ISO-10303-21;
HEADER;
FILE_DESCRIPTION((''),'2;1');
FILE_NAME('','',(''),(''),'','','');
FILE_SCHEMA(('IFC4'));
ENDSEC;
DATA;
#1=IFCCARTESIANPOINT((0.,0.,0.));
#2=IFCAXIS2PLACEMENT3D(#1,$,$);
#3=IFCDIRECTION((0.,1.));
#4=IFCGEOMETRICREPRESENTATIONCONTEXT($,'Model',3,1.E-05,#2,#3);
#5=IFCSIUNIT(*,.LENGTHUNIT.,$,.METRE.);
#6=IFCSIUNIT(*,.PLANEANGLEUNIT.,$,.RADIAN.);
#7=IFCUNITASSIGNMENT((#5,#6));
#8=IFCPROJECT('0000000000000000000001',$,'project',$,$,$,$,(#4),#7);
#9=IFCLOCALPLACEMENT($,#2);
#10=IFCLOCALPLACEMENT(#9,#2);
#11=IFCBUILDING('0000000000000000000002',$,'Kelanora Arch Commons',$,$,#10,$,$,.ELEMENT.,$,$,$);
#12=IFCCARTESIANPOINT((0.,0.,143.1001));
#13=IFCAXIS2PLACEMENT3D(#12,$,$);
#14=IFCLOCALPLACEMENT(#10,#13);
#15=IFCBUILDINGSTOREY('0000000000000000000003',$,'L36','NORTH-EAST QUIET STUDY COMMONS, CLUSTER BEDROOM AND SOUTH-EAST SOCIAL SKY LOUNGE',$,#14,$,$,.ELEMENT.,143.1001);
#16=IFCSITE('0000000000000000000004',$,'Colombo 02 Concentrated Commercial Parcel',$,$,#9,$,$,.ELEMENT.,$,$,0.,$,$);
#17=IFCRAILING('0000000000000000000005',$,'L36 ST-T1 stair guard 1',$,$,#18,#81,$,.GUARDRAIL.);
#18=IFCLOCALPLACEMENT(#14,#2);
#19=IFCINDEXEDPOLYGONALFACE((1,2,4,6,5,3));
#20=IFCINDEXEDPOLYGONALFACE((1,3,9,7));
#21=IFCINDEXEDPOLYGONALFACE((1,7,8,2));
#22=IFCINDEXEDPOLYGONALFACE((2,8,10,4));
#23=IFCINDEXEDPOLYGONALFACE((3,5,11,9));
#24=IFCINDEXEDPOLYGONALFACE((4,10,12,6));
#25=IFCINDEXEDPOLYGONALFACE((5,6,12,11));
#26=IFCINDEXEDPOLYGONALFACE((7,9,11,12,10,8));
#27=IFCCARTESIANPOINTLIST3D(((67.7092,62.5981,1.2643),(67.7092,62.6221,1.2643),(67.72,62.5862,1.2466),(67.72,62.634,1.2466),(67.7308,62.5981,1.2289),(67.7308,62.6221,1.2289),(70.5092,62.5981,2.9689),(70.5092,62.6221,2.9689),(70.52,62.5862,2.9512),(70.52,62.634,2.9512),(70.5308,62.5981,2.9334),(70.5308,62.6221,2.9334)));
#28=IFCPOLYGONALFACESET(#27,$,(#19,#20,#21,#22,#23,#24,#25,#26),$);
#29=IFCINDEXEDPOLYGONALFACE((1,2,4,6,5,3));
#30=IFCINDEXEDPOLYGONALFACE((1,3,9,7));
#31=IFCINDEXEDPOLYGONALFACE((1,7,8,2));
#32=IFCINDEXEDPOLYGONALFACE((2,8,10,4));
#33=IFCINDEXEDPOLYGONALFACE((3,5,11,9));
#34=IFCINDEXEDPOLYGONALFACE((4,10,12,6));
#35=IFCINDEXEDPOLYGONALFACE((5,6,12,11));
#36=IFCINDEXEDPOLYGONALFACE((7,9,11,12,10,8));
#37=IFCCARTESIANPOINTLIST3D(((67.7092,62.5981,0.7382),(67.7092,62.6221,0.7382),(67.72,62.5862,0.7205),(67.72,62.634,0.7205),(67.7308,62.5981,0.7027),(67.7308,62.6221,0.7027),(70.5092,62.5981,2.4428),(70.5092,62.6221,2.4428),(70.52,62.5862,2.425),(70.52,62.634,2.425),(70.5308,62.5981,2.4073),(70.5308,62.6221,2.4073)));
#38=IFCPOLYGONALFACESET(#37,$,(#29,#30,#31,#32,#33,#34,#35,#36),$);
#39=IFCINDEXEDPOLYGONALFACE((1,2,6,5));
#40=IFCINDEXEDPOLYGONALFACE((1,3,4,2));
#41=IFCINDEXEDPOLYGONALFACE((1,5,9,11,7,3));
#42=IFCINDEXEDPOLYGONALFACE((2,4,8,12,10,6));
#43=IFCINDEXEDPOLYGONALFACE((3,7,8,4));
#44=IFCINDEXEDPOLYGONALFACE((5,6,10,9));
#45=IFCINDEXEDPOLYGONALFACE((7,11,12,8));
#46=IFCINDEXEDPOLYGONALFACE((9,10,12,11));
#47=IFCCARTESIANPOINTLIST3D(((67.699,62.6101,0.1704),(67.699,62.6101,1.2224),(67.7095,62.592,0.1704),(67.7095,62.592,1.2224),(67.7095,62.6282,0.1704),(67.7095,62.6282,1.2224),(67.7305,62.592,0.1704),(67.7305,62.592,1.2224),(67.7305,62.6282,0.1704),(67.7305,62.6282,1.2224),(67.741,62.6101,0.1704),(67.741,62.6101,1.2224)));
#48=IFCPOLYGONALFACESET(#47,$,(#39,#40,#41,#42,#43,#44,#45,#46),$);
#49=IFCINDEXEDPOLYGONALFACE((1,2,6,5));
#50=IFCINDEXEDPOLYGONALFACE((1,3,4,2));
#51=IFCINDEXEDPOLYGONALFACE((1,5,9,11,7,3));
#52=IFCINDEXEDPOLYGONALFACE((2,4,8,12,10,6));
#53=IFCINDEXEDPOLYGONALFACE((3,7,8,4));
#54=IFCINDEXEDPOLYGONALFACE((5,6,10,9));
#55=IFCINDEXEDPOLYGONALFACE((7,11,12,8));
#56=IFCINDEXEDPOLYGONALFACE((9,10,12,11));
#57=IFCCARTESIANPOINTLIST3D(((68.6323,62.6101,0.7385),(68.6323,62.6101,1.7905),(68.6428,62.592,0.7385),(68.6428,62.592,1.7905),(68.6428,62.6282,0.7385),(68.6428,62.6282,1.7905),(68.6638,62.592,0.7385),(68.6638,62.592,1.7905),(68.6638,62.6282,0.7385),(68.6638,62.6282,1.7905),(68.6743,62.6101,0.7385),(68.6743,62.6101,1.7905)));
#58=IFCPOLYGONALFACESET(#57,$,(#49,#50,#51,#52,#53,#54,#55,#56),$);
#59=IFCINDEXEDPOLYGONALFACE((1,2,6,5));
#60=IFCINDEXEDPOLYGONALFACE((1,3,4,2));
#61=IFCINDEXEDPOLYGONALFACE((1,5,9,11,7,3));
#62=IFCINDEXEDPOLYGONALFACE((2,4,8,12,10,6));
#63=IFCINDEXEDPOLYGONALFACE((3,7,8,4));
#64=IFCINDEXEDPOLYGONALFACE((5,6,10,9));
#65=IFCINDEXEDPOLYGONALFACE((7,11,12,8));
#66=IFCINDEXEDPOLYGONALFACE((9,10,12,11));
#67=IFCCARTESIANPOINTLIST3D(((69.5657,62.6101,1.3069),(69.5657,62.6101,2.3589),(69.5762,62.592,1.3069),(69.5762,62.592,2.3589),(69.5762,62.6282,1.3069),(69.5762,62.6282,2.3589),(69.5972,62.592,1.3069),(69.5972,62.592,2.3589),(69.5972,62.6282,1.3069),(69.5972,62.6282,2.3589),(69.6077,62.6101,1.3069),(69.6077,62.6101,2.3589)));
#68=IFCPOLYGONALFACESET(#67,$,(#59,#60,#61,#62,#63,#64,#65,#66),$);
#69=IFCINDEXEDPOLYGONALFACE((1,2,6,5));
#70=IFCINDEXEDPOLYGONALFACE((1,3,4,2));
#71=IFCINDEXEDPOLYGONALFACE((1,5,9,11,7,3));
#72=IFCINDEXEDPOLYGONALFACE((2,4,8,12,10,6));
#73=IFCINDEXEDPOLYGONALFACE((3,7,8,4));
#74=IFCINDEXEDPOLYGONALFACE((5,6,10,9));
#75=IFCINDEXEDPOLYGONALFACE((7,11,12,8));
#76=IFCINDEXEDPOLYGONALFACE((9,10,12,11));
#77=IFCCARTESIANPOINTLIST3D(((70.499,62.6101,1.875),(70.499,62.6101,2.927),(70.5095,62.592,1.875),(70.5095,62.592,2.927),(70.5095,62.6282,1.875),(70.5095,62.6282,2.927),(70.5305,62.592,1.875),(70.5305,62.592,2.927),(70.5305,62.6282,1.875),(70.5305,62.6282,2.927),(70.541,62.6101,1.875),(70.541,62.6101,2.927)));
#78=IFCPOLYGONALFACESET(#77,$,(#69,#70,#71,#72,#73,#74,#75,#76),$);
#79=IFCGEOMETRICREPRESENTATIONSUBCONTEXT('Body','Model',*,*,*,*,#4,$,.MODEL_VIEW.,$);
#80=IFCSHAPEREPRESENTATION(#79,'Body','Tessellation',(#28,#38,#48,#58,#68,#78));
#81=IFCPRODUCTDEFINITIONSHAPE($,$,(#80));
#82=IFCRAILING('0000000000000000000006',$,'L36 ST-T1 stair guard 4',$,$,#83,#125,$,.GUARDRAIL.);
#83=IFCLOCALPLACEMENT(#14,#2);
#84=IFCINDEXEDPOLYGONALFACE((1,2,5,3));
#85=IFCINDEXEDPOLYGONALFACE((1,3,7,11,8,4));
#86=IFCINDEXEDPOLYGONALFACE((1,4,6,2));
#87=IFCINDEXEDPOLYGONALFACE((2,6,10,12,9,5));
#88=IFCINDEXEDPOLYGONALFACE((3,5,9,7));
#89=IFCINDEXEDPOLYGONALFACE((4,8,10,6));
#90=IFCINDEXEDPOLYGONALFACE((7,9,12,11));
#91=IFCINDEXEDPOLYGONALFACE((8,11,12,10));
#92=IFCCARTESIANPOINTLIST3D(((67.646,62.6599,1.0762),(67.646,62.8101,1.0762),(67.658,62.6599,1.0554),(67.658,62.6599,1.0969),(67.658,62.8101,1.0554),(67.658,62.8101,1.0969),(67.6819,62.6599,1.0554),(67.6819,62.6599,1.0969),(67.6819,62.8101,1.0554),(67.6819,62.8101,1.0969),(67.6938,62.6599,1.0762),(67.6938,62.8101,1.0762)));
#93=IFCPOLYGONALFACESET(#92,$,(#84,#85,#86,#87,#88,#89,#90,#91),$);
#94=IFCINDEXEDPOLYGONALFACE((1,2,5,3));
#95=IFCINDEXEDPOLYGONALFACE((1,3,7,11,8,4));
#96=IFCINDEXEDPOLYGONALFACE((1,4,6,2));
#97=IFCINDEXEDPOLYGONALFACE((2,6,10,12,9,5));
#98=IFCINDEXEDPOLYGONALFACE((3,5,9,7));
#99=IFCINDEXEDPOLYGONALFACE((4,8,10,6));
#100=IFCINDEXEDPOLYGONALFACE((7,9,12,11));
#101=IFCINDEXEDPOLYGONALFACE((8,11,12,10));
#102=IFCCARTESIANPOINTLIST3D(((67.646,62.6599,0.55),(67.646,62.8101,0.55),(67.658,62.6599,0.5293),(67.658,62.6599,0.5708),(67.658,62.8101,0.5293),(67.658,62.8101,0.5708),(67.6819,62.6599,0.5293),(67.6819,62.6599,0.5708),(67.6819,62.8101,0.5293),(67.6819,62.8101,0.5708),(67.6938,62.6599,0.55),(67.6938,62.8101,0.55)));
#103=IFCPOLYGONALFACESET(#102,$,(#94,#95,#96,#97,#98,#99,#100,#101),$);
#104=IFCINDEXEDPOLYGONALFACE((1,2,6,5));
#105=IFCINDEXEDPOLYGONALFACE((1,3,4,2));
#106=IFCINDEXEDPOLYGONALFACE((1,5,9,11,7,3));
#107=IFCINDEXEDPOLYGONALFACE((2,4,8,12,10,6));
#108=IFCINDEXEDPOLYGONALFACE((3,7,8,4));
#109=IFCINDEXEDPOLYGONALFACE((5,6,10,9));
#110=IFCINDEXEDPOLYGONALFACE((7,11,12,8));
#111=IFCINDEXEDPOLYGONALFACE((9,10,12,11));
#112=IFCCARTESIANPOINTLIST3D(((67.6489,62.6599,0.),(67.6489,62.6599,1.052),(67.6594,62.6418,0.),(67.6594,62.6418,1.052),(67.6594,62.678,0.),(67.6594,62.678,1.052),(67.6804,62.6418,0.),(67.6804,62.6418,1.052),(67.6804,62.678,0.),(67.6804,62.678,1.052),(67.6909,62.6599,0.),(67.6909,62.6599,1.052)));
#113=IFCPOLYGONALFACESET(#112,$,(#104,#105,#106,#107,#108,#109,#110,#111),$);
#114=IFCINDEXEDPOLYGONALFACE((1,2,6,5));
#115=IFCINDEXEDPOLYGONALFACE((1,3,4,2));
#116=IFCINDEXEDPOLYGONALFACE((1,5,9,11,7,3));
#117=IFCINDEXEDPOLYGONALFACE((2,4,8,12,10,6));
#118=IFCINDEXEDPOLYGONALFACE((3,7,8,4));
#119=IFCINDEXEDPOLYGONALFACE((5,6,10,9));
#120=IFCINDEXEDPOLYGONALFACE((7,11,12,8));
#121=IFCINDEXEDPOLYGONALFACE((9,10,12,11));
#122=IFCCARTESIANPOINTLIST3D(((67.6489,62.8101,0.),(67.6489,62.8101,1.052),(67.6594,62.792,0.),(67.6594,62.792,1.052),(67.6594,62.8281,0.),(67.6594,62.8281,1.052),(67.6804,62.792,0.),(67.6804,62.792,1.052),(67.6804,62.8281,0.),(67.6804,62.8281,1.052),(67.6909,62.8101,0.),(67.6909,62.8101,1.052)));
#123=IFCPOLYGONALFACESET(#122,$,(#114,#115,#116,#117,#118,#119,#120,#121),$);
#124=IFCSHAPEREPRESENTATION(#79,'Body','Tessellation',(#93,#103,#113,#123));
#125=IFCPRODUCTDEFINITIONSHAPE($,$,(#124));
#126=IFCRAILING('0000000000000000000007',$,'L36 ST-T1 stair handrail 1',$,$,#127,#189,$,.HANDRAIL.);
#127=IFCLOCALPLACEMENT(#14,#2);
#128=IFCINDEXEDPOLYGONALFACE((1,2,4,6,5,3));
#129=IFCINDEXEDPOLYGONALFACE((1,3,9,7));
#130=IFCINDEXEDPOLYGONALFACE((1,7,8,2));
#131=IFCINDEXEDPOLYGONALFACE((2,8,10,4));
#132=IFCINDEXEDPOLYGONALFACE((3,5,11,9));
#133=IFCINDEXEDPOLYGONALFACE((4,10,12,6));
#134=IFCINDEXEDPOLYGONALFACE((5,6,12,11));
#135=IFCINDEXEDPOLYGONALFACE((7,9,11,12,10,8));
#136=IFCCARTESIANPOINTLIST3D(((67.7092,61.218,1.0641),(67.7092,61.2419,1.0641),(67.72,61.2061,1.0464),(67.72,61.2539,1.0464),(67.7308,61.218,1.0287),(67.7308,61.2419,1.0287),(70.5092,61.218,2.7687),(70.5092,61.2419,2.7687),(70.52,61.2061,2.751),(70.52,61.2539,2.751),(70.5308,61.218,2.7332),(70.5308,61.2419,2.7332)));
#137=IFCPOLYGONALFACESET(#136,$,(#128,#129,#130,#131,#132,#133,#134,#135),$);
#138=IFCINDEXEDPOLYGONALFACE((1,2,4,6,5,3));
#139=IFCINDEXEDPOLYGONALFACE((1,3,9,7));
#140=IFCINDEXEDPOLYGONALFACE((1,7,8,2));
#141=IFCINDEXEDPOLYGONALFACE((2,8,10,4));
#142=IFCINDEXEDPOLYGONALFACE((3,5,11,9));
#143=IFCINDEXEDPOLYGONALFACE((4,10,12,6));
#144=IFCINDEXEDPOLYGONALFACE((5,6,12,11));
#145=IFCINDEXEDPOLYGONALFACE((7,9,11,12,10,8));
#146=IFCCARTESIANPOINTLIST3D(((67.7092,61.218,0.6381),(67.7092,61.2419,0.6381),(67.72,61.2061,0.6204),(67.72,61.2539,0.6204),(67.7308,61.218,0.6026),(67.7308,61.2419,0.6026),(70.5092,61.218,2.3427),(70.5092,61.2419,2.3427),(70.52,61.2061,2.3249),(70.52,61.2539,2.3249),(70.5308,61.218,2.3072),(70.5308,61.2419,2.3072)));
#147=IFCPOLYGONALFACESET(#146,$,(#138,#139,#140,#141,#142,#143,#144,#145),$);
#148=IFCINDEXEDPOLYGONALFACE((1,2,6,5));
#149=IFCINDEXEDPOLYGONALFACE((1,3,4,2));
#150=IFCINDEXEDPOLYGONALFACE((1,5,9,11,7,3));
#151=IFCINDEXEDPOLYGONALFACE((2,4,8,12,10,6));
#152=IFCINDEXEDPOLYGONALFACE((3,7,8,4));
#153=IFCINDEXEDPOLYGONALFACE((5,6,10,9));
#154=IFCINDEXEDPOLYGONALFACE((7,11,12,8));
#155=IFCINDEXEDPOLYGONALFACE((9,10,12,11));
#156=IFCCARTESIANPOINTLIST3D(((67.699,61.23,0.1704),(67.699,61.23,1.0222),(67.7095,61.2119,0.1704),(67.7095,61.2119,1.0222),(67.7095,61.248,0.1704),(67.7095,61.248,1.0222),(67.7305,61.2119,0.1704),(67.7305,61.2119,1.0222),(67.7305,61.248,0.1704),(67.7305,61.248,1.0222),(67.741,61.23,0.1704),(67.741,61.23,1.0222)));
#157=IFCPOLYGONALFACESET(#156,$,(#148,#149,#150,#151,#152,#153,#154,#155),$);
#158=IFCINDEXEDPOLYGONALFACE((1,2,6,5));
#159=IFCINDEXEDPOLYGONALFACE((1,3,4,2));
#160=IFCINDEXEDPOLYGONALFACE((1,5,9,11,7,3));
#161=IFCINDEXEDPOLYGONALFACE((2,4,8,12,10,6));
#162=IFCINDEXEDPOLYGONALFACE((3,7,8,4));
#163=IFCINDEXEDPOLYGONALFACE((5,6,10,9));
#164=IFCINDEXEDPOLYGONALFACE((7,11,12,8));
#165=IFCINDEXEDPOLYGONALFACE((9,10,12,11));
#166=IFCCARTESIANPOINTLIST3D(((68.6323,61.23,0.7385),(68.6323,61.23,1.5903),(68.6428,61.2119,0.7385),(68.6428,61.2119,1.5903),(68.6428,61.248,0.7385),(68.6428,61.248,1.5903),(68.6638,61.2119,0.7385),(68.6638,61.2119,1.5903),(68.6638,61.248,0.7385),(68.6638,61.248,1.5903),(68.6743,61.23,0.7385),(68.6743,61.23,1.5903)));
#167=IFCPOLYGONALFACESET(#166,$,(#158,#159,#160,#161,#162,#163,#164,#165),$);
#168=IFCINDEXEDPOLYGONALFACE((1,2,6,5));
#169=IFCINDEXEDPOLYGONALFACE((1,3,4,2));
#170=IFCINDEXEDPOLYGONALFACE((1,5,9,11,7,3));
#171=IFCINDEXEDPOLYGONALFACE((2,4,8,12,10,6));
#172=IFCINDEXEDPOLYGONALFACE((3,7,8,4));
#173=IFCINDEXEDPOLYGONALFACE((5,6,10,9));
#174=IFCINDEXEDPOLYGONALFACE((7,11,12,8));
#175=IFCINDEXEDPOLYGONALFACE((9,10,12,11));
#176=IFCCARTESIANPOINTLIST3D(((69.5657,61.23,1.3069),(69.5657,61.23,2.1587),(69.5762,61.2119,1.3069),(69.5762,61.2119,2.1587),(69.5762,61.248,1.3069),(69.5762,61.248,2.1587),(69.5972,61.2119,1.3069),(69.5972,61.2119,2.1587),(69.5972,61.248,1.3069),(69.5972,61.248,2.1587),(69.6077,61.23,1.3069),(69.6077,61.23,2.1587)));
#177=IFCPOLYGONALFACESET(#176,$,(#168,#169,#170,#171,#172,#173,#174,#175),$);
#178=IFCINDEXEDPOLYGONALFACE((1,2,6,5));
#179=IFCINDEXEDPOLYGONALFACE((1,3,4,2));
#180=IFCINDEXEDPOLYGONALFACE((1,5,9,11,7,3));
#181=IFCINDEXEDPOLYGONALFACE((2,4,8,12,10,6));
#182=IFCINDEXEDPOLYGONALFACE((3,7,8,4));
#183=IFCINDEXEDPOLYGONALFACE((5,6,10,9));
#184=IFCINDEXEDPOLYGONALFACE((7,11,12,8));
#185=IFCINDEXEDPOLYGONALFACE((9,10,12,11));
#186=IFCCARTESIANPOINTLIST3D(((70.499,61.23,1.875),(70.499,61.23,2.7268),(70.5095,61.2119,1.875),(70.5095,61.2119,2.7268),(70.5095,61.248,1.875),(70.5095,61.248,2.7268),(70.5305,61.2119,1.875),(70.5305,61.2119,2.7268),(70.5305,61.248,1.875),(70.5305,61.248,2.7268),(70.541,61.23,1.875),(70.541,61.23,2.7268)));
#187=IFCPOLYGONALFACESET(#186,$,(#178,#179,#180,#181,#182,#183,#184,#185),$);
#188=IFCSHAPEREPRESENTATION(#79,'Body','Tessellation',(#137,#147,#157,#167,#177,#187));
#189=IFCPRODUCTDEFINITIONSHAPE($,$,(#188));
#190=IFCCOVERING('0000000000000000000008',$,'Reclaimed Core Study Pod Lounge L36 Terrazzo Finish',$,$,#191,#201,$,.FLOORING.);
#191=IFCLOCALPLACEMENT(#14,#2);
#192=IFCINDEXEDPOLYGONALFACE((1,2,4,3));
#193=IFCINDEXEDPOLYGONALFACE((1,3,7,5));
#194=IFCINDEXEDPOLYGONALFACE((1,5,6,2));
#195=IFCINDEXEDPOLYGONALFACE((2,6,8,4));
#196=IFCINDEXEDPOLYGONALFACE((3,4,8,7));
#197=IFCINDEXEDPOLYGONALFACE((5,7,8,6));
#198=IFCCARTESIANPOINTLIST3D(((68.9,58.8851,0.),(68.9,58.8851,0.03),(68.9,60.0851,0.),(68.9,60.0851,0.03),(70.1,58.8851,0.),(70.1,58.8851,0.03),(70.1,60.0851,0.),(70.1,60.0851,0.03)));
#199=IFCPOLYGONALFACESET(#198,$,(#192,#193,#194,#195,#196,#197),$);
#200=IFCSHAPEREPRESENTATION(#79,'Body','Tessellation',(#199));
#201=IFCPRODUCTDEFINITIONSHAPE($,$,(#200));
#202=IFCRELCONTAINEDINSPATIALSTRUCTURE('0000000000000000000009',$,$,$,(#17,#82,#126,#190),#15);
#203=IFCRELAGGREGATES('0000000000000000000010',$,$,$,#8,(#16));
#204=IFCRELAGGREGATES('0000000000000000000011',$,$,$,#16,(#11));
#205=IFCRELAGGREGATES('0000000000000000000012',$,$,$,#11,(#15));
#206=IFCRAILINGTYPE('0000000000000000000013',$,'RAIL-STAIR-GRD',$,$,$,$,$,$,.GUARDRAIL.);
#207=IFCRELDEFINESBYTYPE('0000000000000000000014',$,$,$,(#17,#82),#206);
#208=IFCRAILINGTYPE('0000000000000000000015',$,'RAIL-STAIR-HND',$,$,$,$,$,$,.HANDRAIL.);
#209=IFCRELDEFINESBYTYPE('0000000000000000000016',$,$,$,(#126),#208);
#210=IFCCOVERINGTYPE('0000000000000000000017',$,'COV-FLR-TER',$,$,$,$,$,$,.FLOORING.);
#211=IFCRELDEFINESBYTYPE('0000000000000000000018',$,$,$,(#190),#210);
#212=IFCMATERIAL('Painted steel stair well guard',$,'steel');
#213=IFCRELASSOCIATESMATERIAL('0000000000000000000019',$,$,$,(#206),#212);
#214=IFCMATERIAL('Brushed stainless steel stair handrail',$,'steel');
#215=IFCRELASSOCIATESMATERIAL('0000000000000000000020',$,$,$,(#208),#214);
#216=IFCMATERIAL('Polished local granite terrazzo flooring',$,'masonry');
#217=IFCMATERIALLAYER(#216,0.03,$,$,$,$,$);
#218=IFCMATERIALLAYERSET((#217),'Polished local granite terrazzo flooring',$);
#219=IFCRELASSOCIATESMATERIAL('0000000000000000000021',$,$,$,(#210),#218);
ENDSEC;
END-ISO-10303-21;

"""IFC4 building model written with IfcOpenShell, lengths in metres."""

from ifc_helpers import new_model, si_unit, direction, frame, origin, origin_2d, place, context, subcontext, project, spatial, polyline, rectangle, outline, extrude, source, transform, mapped, material, layer, layer_set, type_object, element, save


model = new_model("IFC4")

# Units and contexts
model_context = context("Model", 3, precision=1e-05, world=origin(), true_north=direction((0.0, 1.0)))
body_context = subcontext(model_context, "Body", "Model", "MODEL_VIEW")
ifc_project = project(units=[si_unit("LENGTHUNIT", "METRE"), si_unit("PLANEANGLEUNIT", "RADIAN")], contexts=[model_context])

# Site, building, storey
site_placement = place(None, origin())
site = spatial("IfcSite", under=ifc_project, at=site_placement, Name="Colombo 02 Concentrated Commercial Parcel", CompositionType="ELEMENT", RefElevation=0.0)
building_placement = place(site_placement, origin())
building = spatial("IfcBuilding", under=site, at=building_placement, Name="Kelanora Arch Commons", CompositionType="ELEMENT")
storey_placement = place(building_placement, frame((0.0, 0.0, 143.1001)))
storey = spatial("IfcBuildingStorey", under=building, at=storey_placement, Name="L36", Description="NORTH-EAST QUIET STUDY COMMONS, CLUSTER BEDROOM AND SOUTH-EAST SOCIAL SKY LOUNGE", CompositionType="ELEMENT", Elevation=143.1001)

# Railings
ifc_material_1 = material(Name="Painted steel stair well guard", Category="steel")
railing_type_1 = type_object("IfcRailingType", Name="RAIL-STAIR-GRD", PredefinedType="GUARDRAIL", material=ifc_material_1)
railing_1_placement = place(storey_placement, frame((67.72, 62.6101, 0.1704)))
element("IfcRailing", 1, at=railing_1_placement, inside=storey, type_object=railing_type_1, Name="L36 ST-T1 stair guard 1", PredefinedType="GUARDRAIL", context=body_context, shape_type="SweptSolid", body=[
    extrude(outline(polyline([(0.0239, 0.0), (0.012, 0.0208), (-0.012, 0.0208), (-0.0239, 0.0), (-0.012, -0.0208), (0.012, -0.0208), (0.0239, 0.0)])), frame((0.0, 0.0, 1.0762), z_axis=(0.85417, 0.0, 0.519994), x_axis=(0.0, 1.0, 0.0)), (0.0, 0.0, 1.0), 3.2781),
    extrude(outline(polyline([(0.0239, 0.0), (0.012, 0.0208), (-0.012, 0.0208), (-0.0239, 0.0), (-0.012, -0.0208), (0.012, -0.0208), (0.0239, 0.0)])), frame((0.0, 0.0, 0.55), z_axis=(0.85417, 0.0, 0.519994), x_axis=(0.0, 1.0, 0.0)), (0.0, 0.0, 1.0), 3.2781),
    extrude(outline(polyline([(0.021, 0.0), (0.0105, 0.0181), (-0.0105, 0.0181), (-0.021, 0.0), (-0.0105, -0.0181), (0.0105, -0.0181), (0.021, 0.0)])), origin(), (0.0, 0.0, 1.0), 1.052),
    extrude(outline(polyline([(0.021, 0.0), (0.0105, 0.0181), (-0.0105, 0.0181), (-0.021, 0.0), (-0.0105, -0.0181), (0.0105, -0.0181), (0.021, 0.0)])), frame((0.9333, 0.0, 0.5681)), (0.0, 0.0, 1.0), 1.052),
    extrude(outline(polyline([(0.021, 0.0), (0.0105, 0.0181), (-0.0105, 0.0181), (-0.021, 0.0), (-0.0105, -0.0181), (0.0105, -0.0181), (0.021, 0.0)])), frame((1.8667, 0.0, 1.1365)), (0.0, 0.0, 1.0), 1.052),
    extrude(outline(polyline([(0.021, 0.0), (0.0105, 0.0181), (-0.0105, 0.0181), (-0.021, 0.0), (-0.0105, -0.0181), (0.0105, -0.0181), (0.021, 0.0)])), frame((2.8, 0.0, 1.7046)), (0.0, 0.0, 1.0), 1.052),
])
railing_2_placement = place(storey_placement, frame((67.6699, 62.6599, 0.0)))
element("IfcRailing", 2, at=railing_2_placement, inside=storey, type_object=railing_type_1, Name="L36 ST-T1 stair guard 4", PredefinedType="GUARDRAIL", context=body_context, shape_type="SweptSolid", body=[
    extrude(outline(polyline([(0.0239, 0.0), (0.012, 0.0208), (-0.012, 0.0208), (-0.0239, 0.0), (-0.012, -0.0208), (0.012, -0.0208), (0.0239, 0.0)])), frame((0.0, 0.0, 1.0762), z_axis=(0.0, 1.0, 0.0), x_axis=(-1.0, 0.0, 0.0)), (0.0, 0.0, 1.0), 0.1501),
    extrude(outline(polyline([(0.0239, 0.0), (0.012, 0.0208), (-0.012, 0.0208), (-0.0239, 0.0), (-0.012, -0.0208), (0.012, -0.0208), (0.0239, 0.0)])), frame((0.0, 0.0, 0.55), z_axis=(0.0, 1.0, 0.0), x_axis=(-1.0, 0.0, 0.0)), (0.0, 0.0, 1.0), 0.1501),
    extrude(outline(polyline([(0.021, 0.0), (0.0105, 0.0181), (-0.0105, 0.0181), (-0.021, 0.0), (-0.0105, -0.0181), (0.0105, -0.0181), (0.021, 0.0)])), origin(), (0.0, 0.0, 1.0), 1.052),
    extrude(outline(polyline([(0.021, 0.0), (0.0105, 0.0181), (-0.0105, 0.0181), (-0.021, 0.0), (-0.0105, -0.0181), (0.0105, -0.0181), (0.021, 0.0)])), frame((0.0, 0.1501, 0.0)), (0.0, 0.0, 1.0), 1.052),
])
ifc_material_2 = material(Name="Brushed stainless steel stair handrail", Category="steel")
railing_type_2 = type_object("IfcRailingType", Name="RAIL-STAIR-HND", PredefinedType="HANDRAIL", material=ifc_material_2)
railing_3_placement = place(storey_placement, frame((67.72, 61.23, 0.1704)))
element("IfcRailing", 3, at=railing_3_placement, inside=storey, type_object=railing_type_2, Name="L36 ST-T1 stair handrail 1", PredefinedType="HANDRAIL", context=body_context, shape_type="SweptSolid", body=[
    extrude(outline(polyline([(0.0239, 0.0), (0.012, 0.0208), (-0.012, 0.0208), (-0.0239, 0.0), (-0.012, -0.0208), (0.012, -0.0208), (0.0239, 0.0)])), frame((0.0, 0.0, 0.876), z_axis=(0.85417, 0.0, 0.519994), x_axis=(0.0, 1.0, 0.0)), (0.0, 0.0, 1.0), 3.2781),
    extrude(outline(polyline([(0.0239, 0.0), (0.012, 0.0208), (-0.012, 0.0208), (-0.0239, 0.0), (-0.012, -0.0208), (0.012, -0.0208), (0.0239, 0.0)])), frame((0.0, 0.0, 0.45), z_axis=(0.85417, 0.0, 0.519994), x_axis=(0.0, 1.0, 0.0)), (0.0, 0.0, 1.0), 3.2781),
    extrude(outline(polyline([(0.021, 0.0), (0.0105, 0.0181), (-0.0105, 0.0181), (-0.021, 0.0), (-0.0105, -0.0181), (0.0105, -0.0181), (0.021, 0.0)])), origin(), (0.0, 0.0, 1.0), 0.8518),
    extrude(outline(polyline([(0.021, 0.0), (0.0105, 0.0181), (-0.0105, 0.0181), (-0.021, 0.0), (-0.0105, -0.0181), (0.0105, -0.0181), (0.021, 0.0)])), frame((0.9333, 0.0, 0.5681)), (0.0, 0.0, 1.0), 0.8518),
    extrude(outline(polyline([(0.021, 0.0), (0.0105, 0.0181), (-0.0105, 0.0181), (-0.021, 0.0), (-0.0105, -0.0181), (0.0105, -0.0181), (0.021, 0.0)])), frame((1.8667, 0.0, 1.1365)), (0.0, 0.0, 1.0), 0.8518),
    extrude(outline(polyline([(0.021, 0.0), (0.0105, 0.0181), (-0.0105, 0.0181), (-0.021, 0.0), (-0.0105, -0.0181), (0.0105, -0.0181), (0.021, 0.0)])), frame((2.8, 0.0, 1.7046)), (0.0, 0.0, 1.0), 0.8518),
])

# Covering
ifc_material_3 = material(Name="Polished local granite terrazzo flooring", Category="masonry")
ifc_layer_1 = layer(ifc_material_3, 0.03)
ifc_layer_set_1 = layer_set([ifc_layer_1], Name="Polished local granite terrazzo flooring")
covering_type = type_object("IfcCoveringType", Name="COV-FLR-TER", PredefinedType="FLOORING", material=ifc_layer_set_1)
shared_shape = source(origin(), body_context, "Body", "SweptSolid", [
    extrude(rectangle(XDim=1.2, YDim=1.2, at=origin_2d()), origin(), (0.0, 0.0, 1.0), 0.03),
])
covering_placement = place(storey_placement, frame((69.5, 59.4851, 0.0), z_axis=(0.0, 0.0, 1.0), x_axis=(1.0, 0.0, 0.0)))
element("IfcCovering", 4, at=covering_placement, inside=storey, type_object=covering_type, Name="Reclaimed Core Study Pod Lounge L36 Terrazzo Finish", PredefinedType="FLOORING", context=body_context, shape_type="MappedRepresentation", body=[
    mapped(shared_shape, transform((0.0, 0.0, 0.0), scale=1.0)),
])

save(model, "model.ifc")
